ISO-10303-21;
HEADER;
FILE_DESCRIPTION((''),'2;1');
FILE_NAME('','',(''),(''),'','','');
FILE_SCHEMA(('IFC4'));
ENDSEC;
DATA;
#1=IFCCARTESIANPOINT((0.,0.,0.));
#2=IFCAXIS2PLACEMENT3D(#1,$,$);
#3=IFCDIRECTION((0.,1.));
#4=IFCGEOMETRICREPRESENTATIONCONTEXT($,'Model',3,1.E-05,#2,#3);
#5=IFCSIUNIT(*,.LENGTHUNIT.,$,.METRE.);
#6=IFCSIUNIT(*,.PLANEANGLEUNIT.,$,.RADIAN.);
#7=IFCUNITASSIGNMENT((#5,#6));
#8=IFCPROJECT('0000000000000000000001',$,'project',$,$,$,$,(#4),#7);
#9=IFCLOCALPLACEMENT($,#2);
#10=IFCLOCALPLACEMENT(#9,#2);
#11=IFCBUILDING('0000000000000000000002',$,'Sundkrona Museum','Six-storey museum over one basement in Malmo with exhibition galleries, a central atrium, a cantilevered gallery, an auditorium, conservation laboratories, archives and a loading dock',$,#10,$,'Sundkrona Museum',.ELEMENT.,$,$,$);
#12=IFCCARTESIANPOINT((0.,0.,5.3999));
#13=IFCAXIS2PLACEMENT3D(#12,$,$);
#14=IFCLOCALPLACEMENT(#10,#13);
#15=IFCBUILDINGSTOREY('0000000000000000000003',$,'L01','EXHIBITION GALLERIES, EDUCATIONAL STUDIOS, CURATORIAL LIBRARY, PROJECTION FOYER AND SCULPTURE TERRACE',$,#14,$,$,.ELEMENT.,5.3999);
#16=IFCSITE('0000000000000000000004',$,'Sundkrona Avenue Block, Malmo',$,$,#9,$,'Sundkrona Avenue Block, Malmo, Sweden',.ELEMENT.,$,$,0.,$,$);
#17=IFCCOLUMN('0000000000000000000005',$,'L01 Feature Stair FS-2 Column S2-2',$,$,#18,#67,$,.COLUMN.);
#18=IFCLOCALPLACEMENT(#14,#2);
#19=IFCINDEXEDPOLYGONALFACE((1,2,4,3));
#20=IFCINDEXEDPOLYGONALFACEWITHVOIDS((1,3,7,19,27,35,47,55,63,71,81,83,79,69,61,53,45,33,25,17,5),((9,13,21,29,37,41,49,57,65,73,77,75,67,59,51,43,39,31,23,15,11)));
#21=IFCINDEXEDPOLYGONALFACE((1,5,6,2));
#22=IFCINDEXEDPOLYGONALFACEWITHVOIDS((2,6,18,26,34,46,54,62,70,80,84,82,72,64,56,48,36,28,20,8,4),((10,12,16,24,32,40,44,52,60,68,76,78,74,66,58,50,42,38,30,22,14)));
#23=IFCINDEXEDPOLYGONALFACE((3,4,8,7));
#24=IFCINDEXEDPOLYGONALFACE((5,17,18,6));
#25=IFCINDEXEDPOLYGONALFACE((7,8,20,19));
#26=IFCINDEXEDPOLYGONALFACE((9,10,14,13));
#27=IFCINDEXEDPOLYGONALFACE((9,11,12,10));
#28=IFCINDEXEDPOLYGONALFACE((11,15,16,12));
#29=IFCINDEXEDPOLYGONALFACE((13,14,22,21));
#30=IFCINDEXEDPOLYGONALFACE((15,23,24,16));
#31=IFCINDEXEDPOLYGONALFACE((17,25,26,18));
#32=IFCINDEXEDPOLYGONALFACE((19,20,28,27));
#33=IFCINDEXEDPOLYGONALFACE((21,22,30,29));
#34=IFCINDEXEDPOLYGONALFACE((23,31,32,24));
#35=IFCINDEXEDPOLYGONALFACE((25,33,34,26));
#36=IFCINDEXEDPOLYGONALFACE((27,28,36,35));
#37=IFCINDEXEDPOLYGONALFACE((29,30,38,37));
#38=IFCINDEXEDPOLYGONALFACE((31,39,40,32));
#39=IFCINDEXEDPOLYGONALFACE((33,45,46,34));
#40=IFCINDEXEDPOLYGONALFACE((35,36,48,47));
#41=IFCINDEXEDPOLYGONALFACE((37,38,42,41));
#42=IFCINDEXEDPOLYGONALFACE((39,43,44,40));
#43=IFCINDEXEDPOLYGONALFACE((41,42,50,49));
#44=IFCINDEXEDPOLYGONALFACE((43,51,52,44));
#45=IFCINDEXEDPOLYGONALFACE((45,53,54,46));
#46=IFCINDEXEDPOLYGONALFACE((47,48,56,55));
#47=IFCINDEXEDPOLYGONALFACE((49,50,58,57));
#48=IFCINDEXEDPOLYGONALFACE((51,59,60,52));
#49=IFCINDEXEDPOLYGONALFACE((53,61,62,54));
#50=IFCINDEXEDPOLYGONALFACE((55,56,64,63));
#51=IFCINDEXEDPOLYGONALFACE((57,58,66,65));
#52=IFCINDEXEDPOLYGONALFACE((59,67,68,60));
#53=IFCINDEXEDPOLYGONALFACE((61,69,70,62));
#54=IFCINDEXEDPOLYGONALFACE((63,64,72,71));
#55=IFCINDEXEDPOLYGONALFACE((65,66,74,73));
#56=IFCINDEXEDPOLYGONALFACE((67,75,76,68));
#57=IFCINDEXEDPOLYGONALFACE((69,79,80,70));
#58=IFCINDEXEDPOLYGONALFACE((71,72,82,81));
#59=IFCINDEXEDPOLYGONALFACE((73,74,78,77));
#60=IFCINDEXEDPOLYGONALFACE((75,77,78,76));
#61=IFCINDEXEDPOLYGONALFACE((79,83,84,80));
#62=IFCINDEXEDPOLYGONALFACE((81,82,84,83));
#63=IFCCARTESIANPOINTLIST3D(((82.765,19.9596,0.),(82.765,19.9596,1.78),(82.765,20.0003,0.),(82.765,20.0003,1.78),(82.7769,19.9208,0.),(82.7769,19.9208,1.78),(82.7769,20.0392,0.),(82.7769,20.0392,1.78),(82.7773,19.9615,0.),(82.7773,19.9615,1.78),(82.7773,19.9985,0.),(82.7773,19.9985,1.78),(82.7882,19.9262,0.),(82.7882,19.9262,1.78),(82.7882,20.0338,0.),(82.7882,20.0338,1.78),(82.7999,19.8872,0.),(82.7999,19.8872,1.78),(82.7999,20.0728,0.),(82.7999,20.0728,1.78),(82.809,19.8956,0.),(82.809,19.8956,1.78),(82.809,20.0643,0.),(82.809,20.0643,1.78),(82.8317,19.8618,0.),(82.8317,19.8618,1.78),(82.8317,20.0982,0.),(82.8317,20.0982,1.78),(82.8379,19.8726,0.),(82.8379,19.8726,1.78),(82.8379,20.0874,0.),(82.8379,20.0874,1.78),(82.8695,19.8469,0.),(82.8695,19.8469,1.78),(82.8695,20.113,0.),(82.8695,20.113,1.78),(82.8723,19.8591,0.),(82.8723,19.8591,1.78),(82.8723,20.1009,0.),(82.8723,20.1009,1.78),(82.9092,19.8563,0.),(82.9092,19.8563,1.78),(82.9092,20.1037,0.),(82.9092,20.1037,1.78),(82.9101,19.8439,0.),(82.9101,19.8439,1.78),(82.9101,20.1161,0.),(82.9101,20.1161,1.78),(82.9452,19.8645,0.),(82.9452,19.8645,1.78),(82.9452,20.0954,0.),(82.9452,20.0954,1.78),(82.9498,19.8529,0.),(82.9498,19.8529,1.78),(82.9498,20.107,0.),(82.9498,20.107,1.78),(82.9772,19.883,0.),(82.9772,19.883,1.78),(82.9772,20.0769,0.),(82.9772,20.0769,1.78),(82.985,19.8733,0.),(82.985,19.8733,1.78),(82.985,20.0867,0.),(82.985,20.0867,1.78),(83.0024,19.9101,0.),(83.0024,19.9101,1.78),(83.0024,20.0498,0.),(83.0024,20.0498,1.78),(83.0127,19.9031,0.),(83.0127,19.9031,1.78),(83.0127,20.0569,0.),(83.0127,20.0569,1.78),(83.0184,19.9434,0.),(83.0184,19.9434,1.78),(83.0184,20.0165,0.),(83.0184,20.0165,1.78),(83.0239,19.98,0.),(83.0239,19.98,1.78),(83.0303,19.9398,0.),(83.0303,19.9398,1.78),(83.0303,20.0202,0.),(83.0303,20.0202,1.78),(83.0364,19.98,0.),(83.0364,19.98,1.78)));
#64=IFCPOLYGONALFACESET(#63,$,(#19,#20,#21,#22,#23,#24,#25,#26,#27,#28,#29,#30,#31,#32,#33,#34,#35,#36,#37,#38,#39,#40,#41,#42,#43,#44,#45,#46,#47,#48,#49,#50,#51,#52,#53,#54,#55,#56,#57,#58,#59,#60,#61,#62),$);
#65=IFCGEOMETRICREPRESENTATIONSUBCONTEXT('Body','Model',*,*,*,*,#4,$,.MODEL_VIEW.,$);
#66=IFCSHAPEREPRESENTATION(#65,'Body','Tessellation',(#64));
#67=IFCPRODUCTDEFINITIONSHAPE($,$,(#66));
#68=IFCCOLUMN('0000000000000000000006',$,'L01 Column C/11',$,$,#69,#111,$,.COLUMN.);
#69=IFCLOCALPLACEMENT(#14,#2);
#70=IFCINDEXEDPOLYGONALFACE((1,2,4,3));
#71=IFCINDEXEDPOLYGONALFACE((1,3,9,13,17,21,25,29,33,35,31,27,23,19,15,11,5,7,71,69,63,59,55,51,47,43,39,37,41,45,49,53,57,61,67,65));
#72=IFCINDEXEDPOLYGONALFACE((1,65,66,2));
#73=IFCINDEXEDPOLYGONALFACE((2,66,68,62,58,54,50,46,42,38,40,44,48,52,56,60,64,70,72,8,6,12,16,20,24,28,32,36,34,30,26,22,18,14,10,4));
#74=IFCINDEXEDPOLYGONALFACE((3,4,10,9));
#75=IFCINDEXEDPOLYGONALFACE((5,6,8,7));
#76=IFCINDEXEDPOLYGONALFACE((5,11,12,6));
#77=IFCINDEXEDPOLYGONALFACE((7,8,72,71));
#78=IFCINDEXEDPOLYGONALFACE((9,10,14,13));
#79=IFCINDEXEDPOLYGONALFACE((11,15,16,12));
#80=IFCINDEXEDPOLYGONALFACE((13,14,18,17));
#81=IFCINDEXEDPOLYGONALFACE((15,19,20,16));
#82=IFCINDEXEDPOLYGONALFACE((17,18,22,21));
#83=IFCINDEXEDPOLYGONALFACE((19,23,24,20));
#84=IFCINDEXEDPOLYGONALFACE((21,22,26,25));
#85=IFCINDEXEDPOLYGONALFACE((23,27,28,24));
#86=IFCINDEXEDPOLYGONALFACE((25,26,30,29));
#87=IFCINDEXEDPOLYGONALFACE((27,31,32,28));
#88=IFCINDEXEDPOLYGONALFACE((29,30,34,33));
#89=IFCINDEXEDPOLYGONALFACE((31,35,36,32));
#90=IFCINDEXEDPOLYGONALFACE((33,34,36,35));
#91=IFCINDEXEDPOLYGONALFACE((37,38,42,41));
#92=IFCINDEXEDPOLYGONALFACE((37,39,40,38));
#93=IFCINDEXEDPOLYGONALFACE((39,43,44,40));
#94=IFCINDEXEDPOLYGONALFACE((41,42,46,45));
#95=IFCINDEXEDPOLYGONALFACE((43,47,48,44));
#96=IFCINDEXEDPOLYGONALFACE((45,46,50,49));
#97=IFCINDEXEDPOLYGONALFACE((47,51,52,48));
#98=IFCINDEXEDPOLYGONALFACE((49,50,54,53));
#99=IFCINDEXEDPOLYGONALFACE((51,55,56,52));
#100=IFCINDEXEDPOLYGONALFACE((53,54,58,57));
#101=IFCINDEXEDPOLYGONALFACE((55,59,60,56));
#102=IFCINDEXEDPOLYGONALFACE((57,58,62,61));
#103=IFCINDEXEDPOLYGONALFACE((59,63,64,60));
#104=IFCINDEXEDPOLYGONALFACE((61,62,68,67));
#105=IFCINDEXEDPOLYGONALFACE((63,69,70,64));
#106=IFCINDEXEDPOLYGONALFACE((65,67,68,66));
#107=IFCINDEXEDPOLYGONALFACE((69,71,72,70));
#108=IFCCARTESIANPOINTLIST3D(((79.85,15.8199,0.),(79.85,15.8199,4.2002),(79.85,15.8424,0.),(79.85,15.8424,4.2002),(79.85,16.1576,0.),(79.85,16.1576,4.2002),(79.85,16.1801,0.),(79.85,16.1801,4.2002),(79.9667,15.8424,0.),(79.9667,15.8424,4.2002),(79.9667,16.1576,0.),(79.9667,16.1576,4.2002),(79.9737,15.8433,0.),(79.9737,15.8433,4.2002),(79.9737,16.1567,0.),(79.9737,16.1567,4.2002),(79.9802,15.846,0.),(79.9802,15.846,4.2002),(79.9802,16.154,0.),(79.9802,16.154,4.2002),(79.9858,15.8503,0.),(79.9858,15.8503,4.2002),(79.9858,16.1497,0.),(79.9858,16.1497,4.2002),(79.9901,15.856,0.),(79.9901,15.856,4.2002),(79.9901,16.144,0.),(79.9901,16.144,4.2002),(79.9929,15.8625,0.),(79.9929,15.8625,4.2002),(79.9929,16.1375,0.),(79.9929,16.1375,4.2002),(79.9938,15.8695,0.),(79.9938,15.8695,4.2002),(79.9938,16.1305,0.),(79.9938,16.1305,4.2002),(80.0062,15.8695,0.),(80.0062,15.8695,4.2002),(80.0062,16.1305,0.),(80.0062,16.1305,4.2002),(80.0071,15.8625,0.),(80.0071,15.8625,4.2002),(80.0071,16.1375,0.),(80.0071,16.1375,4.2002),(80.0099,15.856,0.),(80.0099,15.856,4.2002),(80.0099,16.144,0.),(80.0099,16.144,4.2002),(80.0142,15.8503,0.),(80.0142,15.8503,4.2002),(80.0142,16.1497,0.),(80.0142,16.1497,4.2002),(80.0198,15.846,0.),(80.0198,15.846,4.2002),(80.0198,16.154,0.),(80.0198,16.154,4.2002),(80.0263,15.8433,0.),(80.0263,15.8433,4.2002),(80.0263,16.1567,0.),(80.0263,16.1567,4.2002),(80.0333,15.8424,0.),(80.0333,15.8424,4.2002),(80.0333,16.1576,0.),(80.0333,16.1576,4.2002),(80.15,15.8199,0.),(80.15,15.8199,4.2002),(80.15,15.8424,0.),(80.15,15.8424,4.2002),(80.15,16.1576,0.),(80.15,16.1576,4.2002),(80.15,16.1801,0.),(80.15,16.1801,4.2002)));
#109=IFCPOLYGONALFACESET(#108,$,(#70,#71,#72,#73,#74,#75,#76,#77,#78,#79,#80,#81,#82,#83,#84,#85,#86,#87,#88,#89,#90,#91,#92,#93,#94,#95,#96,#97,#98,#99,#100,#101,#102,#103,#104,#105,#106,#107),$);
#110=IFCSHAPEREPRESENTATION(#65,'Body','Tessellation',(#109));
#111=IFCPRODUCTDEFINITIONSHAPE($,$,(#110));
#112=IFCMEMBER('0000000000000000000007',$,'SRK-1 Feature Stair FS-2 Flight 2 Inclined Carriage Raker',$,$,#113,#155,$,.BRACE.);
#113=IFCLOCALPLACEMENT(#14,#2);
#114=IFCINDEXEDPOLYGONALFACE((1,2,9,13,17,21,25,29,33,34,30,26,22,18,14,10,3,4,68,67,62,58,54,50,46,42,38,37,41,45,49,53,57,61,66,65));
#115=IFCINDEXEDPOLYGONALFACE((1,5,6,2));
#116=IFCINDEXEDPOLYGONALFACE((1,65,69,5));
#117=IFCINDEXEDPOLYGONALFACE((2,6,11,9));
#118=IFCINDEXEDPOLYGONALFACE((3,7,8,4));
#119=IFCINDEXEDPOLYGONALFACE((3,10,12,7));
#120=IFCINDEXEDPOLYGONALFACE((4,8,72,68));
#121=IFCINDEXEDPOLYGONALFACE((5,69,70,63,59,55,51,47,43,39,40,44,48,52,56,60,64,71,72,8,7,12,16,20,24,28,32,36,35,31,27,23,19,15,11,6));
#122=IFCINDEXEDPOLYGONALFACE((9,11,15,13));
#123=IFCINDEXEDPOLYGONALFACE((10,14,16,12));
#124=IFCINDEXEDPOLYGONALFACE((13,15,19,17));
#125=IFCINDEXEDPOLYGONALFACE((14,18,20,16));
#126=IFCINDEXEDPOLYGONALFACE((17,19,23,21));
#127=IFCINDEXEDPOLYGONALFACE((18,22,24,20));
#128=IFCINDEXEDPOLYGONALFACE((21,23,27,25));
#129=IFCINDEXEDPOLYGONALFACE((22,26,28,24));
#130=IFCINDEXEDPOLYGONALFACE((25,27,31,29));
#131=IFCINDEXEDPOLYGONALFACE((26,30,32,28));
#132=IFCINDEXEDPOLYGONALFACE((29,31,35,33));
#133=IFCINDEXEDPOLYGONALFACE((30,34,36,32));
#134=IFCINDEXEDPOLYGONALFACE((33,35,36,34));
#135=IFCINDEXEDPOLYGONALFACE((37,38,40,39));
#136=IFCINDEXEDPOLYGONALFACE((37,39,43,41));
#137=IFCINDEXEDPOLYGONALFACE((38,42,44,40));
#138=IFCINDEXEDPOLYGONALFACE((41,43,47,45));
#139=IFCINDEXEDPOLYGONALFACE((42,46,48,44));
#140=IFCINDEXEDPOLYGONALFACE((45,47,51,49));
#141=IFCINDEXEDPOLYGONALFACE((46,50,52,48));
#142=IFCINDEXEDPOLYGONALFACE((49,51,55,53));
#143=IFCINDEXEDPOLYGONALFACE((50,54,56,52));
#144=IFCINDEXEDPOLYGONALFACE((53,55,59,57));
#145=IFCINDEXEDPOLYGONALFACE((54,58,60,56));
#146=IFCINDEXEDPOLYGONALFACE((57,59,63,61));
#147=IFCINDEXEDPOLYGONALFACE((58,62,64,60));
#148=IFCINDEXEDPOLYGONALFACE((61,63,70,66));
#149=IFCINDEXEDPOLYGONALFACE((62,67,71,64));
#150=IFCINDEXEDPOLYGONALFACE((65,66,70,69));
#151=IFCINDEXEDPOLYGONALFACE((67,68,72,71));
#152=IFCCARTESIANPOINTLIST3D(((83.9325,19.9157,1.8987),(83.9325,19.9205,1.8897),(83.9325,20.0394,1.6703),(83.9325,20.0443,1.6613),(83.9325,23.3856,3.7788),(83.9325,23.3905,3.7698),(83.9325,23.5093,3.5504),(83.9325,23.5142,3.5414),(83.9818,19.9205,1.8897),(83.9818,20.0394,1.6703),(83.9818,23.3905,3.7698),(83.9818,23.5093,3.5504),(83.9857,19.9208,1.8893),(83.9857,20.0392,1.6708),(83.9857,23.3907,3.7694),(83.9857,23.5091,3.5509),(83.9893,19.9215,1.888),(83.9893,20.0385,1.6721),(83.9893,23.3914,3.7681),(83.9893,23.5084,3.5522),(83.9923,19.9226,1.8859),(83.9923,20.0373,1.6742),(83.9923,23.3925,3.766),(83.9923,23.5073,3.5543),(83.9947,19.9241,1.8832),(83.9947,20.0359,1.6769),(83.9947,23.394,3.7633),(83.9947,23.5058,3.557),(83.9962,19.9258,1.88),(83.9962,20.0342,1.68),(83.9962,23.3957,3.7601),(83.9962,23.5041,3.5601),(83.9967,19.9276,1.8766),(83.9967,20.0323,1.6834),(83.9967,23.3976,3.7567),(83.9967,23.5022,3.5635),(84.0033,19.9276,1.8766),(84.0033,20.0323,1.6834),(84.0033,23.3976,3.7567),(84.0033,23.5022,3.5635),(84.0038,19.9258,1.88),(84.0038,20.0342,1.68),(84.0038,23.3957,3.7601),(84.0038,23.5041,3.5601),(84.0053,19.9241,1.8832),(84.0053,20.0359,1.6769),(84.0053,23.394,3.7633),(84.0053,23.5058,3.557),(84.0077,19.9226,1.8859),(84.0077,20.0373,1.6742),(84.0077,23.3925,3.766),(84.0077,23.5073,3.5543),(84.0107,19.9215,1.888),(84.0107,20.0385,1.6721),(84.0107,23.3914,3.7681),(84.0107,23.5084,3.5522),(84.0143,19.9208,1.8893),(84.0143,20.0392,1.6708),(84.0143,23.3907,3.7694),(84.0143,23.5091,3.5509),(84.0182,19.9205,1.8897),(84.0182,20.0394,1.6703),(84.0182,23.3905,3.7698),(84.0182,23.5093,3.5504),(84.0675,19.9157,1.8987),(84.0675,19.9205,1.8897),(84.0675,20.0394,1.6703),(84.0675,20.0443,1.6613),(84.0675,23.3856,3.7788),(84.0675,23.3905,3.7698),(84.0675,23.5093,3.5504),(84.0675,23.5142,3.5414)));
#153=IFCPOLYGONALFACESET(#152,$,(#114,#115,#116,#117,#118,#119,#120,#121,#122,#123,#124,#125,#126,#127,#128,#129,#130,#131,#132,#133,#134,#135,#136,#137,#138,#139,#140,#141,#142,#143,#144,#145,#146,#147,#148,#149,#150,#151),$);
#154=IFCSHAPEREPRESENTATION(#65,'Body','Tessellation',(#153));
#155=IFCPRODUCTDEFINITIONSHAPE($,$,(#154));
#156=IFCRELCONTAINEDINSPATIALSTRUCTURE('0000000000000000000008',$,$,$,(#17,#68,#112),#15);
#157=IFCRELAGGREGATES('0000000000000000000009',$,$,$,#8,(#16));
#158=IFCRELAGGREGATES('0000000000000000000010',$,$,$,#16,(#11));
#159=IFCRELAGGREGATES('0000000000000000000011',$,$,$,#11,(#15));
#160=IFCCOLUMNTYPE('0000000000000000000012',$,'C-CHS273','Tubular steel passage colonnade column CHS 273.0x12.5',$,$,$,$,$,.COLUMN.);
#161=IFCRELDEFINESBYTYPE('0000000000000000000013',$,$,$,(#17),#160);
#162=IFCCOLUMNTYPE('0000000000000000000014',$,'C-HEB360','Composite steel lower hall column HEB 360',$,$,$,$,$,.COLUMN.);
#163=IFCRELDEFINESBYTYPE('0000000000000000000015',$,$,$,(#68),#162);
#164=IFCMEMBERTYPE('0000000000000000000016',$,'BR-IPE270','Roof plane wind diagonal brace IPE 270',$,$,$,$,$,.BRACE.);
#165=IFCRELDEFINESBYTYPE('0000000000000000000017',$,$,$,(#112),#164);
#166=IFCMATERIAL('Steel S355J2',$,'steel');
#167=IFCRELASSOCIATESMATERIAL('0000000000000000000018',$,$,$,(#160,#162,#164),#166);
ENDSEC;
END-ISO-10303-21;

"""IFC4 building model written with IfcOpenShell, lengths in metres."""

from ifc_helpers import new_model, si_unit, direction, frame, origin, origin_2d, place, context, subcontext, project, spatial, hollow_circle, i_section, extrude, material, material_profile, profile_set, type_object, element, save


model = new_model("IFC4")

# Units and contexts
model_context = context("Model", 3, precision=1e-05, world=origin(), true_north=direction((0.0, 1.0)))
body_context = subcontext(model_context, "Body", "Model", "MODEL_VIEW")
ifc_project = project(units=[si_unit("LENGTHUNIT", "METRE"), si_unit("PLANEANGLEUNIT", "RADIAN")], contexts=[model_context])

# Site, building, storey
site_placement = place(None, origin())
site = spatial("IfcSite", under=ifc_project, at=site_placement, Name="Sundkrona Avenue Block, Malmo", LongName="Sundkrona Avenue Block, Malmo, Sweden", CompositionType="ELEMENT", RefElevation=0.0)
building_placement = place(site_placement, origin())
building = spatial("IfcBuilding", under=site, at=building_placement, Name="Sundkrona Museum", Description="Six-storey museum over one basement in Malmo with exhibition galleries, a central atrium, a cantilevered gallery, an auditorium, conservation laboratories, archives and a loading dock", LongName="Sundkrona Museum", CompositionType="ELEMENT")
storey_placement = place(building_placement, frame((0.0, 0.0, 5.3999)))
storey = spatial("IfcBuildingStorey", under=building, at=storey_placement, Name="L01", Description="EXHIBITION GALLERIES, EDUCATIONAL STUDIOS, CURATORIAL LIBRARY, PROJECTION FOYER AND SCULPTURE TERRACE", CompositionType="ELEMENT", Elevation=5.3999)

# Columns
ifc_material_1 = material(Name="Steel S355J2", Category="steel")
ifc_material_profile_1 = material_profile(ifc_material_1, hollow_circle(Radius=0.1365, WallThickness=0.0125, at=origin_2d()), Name="CHS 273.0x12.5")
ifc_profile_set_1 = profile_set([ifc_material_profile_1], Name="Steel S355J2")
column_type_1 = type_object("IfcColumnType", Name="C-CHS273", Description="Tubular steel passage colonnade column CHS 273.0x12.5", PredefinedType="COLUMN", material=ifc_profile_set_1)
for number, where, z_axis, x_axis, name in (
    (1, (82.8999, 19.98, 0.0), (0.0, 0.0, 1.0), (1.0, 0.0, 0.0), "L01 Feature Stair FS-2 Column S2-2"),
):
    element("IfcColumn", number, at=place(storey_placement, frame(where, z_axis=z_axis, x_axis=x_axis)), inside=storey, type_object=column_type_1, Name=name, PredefinedType="COLUMN", context=body_context, shape_type="SweptSolid", body=[
        extrude(hollow_circle(Radius=0.1365, WallThickness=0.0125, at=origin_2d()), origin(), (0.0, 0.0, 1.0), 1.78),
    ])
ifc_material_profile_2 = material_profile(ifc_material_1, i_section(OverallWidth=0.3, OverallDepth=0.3601, WebThickness=0.0125, FlangeThickness=0.0225, FilletRadius=0.0271, at=origin_2d()), Name="HEB 360")
ifc_profile_set_2 = profile_set([ifc_material_profile_2], Name="Steel S355J2")
column_type_2 = type_object("IfcColumnType", Name="C-HEB360", Description="Composite steel lower hall column HEB 360", PredefinedType="COLUMN", material=ifc_profile_set_2)
column_placement = place(storey_placement, frame((80.0, 16.0, 0.0), z_axis=(0.0, 0.0, 1.0), x_axis=(1.0, 0.0, 0.0)))
element("IfcColumn", 2, at=column_placement, inside=storey, type_object=column_type_2, Name="L01 Column C/11", PredefinedType="COLUMN", context=body_context, shape_type="SweptSolid", body=[
    extrude(i_section(OverallWidth=0.3, OverallDepth=0.3601, WebThickness=0.0125, FlangeThickness=0.0225, FilletRadius=0.0271, at=origin_2d()), origin(), (0.0, 0.0, 1.0), 4.2002),
])

# Member
ifc_material_profile_3 = material_profile(ifc_material_1, i_section(OverallWidth=0.135, OverallDepth=0.27, WebThickness=0.0066, FlangeThickness=0.0103, FilletRadius=0.0149, at=origin_2d()), Name="IPE 270")
ifc_profile_set_3 = profile_set([ifc_material_profile_3], Name="Steel S355J2")
member_type_1 = type_object("IfcMemberType", Name="BR-IPE270", Description="Roof plane wind diagonal brace IPE 270", PredefinedType="BRACE", material=ifc_profile_set_3)
member_1_placement = place(storey_placement, frame((84.0, 19.98, 1.78), z_axis=(0.0, 0.879233, 0.476393), x_axis=(-1.0, 0.0, 0.0)))
element("IfcMember", 3, at=member_1_placement, inside=storey, type_object=member_type_1, Name="SRK-1 Feature Stair FS-2 Flight 2 Inclined Carriage Raker", PredefinedType="BRACE", context=body_context, shape_type="SweptSolid", body=[
    extrude(i_section(OverallWidth=0.135, OverallDepth=0.27, WebThickness=0.0066, FlangeThickness=0.0103, FilletRadius=0.0149, at=origin_2d()), origin(), (0.0, 0.0, 1.0), 3.9465),
])

save(model, "model.ifc")
